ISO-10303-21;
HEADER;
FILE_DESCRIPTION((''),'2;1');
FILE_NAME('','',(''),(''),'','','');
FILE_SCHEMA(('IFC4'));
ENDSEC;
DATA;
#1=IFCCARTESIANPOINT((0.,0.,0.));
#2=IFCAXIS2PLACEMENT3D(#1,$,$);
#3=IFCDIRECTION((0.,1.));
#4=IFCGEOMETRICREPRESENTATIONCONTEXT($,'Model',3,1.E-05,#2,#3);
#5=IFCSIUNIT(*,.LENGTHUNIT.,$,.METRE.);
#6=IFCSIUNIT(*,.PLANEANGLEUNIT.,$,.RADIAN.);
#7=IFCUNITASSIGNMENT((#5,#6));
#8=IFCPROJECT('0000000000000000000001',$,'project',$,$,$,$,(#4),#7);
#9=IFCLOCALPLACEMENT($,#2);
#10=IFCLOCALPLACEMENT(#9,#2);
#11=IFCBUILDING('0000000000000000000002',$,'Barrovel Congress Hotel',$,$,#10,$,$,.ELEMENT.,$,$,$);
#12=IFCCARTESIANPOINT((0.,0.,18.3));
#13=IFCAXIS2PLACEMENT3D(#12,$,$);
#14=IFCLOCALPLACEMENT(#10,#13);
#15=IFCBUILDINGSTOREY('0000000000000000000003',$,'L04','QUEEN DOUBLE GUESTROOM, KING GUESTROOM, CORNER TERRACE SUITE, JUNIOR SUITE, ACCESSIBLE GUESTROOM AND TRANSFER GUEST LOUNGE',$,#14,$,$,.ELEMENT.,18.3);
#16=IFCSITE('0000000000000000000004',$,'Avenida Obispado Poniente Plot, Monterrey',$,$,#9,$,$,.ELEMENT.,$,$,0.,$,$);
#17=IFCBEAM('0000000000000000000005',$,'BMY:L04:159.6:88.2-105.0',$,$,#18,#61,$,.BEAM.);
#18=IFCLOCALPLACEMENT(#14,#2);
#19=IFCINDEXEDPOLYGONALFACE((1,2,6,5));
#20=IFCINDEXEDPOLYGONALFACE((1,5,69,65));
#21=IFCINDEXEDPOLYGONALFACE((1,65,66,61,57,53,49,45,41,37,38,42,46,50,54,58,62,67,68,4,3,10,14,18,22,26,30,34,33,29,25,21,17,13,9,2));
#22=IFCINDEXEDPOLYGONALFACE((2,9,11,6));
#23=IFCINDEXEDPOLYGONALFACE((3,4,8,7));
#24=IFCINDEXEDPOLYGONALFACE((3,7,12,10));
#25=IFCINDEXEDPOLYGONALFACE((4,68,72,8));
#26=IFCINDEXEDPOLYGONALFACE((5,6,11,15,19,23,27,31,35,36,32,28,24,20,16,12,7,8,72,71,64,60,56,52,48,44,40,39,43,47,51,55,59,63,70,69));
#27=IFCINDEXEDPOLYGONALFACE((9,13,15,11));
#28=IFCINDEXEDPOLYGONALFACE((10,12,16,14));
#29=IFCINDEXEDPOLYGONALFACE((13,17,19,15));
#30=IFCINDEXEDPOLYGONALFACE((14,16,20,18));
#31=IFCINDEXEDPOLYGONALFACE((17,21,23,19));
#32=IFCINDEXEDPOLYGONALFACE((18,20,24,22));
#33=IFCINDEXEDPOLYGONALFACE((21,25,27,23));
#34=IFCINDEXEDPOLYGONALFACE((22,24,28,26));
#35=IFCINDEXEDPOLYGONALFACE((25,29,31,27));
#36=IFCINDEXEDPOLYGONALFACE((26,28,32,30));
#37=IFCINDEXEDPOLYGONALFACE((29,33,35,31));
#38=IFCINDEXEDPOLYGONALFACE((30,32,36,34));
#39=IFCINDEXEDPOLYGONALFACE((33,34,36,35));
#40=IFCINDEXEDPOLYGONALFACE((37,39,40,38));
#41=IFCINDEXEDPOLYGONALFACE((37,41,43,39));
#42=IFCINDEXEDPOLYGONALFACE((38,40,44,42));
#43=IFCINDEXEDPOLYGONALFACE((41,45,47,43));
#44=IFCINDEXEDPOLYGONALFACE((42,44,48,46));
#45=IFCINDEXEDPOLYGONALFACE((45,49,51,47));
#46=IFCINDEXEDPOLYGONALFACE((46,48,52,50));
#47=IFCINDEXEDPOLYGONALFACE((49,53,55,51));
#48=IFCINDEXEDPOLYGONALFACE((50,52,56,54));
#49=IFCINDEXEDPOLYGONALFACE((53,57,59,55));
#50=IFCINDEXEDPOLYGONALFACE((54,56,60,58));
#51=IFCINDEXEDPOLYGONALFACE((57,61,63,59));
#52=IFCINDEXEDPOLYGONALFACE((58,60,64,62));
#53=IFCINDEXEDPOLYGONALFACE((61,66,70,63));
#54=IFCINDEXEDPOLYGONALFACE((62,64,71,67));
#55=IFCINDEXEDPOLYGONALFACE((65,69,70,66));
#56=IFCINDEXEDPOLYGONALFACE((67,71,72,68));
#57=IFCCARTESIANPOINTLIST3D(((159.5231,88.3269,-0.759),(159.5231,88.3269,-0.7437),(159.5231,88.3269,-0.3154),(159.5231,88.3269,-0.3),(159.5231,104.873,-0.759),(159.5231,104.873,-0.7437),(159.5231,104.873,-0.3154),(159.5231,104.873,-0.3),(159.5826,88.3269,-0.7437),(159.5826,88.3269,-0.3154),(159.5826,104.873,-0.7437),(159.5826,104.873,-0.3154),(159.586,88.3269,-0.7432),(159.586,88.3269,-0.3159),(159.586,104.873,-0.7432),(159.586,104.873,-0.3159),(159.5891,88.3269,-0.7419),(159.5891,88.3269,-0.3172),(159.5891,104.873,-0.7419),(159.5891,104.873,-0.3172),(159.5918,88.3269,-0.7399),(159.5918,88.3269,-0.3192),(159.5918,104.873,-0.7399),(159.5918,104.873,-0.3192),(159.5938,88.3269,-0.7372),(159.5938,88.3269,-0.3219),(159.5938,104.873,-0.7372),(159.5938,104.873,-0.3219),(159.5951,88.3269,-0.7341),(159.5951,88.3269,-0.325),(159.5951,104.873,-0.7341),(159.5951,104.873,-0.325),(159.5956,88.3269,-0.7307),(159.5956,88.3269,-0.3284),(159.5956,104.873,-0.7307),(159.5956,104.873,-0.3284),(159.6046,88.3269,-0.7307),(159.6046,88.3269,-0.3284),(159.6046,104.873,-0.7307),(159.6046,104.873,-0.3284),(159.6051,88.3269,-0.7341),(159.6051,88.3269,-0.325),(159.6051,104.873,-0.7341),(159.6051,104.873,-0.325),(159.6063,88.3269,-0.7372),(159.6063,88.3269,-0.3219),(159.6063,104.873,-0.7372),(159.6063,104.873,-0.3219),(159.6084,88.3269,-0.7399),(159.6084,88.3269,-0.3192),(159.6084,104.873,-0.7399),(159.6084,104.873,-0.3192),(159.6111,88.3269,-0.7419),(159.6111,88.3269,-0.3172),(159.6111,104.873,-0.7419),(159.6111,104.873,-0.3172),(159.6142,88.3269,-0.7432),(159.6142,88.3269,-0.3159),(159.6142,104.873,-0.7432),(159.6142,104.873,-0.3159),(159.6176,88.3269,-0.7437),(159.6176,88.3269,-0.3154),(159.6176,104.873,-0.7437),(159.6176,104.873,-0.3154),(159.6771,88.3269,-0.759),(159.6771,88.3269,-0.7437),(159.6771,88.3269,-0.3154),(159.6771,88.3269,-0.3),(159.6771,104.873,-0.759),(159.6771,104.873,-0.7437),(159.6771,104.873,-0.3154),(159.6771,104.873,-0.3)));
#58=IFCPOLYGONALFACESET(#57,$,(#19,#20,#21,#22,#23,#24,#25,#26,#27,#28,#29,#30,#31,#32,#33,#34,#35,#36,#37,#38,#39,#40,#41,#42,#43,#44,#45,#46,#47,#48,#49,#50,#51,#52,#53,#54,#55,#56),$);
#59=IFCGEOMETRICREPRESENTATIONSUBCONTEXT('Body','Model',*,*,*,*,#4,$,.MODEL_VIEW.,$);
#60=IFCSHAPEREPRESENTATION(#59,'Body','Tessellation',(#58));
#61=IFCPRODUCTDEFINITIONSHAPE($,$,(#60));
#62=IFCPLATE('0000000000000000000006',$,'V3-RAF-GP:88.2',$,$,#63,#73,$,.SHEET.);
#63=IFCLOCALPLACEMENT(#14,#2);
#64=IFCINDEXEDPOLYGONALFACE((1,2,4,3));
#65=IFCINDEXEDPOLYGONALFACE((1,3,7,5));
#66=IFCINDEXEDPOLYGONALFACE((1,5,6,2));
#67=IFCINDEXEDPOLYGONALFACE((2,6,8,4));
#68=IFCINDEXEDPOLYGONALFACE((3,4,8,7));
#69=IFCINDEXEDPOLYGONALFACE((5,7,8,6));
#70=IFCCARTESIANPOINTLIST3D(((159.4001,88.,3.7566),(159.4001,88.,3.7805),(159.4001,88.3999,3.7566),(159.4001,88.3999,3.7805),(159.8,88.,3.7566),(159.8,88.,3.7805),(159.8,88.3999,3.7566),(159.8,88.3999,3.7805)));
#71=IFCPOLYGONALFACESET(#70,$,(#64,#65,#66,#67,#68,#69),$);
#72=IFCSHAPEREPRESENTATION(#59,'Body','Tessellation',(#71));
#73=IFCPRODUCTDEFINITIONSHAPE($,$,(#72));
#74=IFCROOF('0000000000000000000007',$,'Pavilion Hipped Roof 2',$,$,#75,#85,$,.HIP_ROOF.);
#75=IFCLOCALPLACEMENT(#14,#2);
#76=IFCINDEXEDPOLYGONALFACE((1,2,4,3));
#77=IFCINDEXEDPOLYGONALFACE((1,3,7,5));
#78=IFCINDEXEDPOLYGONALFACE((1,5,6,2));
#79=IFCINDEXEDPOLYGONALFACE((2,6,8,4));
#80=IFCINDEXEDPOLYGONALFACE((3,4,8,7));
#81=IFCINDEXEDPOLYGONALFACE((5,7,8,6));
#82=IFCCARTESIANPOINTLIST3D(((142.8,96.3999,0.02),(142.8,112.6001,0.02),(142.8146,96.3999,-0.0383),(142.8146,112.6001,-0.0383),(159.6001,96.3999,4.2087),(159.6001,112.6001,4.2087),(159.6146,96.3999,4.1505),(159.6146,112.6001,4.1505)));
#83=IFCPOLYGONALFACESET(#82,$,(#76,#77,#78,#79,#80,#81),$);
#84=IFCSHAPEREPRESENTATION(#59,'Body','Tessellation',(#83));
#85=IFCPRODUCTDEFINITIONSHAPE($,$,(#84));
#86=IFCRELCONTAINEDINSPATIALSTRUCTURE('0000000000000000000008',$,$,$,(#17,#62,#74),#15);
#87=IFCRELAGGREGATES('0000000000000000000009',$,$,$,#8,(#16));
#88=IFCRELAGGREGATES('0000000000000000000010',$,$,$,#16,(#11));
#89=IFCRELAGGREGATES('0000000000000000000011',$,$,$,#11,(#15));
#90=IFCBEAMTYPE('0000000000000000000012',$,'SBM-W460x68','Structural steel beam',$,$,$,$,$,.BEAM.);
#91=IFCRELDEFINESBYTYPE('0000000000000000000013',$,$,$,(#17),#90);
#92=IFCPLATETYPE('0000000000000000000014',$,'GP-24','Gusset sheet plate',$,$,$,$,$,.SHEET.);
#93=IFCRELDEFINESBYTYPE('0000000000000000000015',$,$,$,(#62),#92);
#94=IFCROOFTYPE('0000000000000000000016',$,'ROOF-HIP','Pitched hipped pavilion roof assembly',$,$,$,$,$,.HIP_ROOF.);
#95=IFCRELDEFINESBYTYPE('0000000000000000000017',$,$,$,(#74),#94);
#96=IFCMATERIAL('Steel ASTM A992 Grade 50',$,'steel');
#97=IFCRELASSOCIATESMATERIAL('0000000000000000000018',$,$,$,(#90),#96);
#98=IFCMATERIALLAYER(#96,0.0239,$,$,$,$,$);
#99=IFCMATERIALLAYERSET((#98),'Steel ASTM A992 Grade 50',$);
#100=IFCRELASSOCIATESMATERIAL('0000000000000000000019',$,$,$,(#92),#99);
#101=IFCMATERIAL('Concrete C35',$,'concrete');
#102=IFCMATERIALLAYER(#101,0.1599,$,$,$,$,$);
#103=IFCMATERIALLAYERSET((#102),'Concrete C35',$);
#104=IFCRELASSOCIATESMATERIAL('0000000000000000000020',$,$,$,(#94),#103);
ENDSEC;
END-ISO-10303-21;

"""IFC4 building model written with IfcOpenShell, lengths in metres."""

from ifc_helpers import new_model, si_unit, direction, frame, origin, origin_2d, place, context, subcontext, project, spatial, polyline, rectangle, i_section, outline, extrude, material, layer, layer_set, material_profile, profile_set, type_object, element, save


model = new_model("IFC4")

# Units and contexts
model_context = context("Model", 3, precision=1e-05, world=origin(), true_north=direction((0.0, 1.0)))
body_context = subcontext(model_context, "Body", "Model", "MODEL_VIEW")
ifc_project = project(units=[si_unit("LENGTHUNIT", "METRE"), si_unit("PLANEANGLEUNIT", "RADIAN")], contexts=[model_context])

# Site, building, storey
site_placement = place(None, origin())
site = spatial("IfcSite", under=ifc_project, at=site_placement, Name="Avenida Obispado Poniente Plot, Monterrey", CompositionType="ELEMENT", RefElevation=0.0)
building_placement = place(site_placement, origin())
building = spatial("IfcBuilding", under=site, at=building_placement, Name="Barrovel Congress Hotel", CompositionType="ELEMENT")
storey_placement = place(building_placement, frame((0.0, 0.0, 18.3)))
storey = spatial("IfcBuildingStorey", under=building, at=storey_placement, Name="L04", Description="QUEEN DOUBLE GUESTROOM, KING GUESTROOM, CORNER TERRACE SUITE, JUNIOR SUITE, ACCESSIBLE GUESTROOM AND TRANSFER GUEST LOUNGE", CompositionType="ELEMENT", Elevation=18.3)

# Shared definitions
ifc_material_1 = material(Name="Steel ASTM A992 Grade 50", Category="steel")

# Beam
ifc_material_profile_1 = material_profile(ifc_material_1, i_section(OverallWidth=0.1541, OverallDepth=0.459, WebThickness=0.009, FlangeThickness=0.0154, FilletRadius=0.0129, at=origin_2d()), Name="W460x68")
ifc_profile_set_1 = profile_set([ifc_material_profile_1], Name="Steel ASTM A992 Grade 50")
beam_type_1 = type_object("IfcBeamType", Name="SBM-W460x68", Description="Structural steel beam", PredefinedType="BEAM", material=ifc_profile_set_1)
beam_1_placement = place(storey_placement, frame((159.6001, 88.3269, -0.5295), z_axis=(0.0, 1.0, 0.0), x_axis=(-1.0, 0.0, 0.0)))
element("IfcBeam", 1, at=beam_1_placement, inside=storey, type_object=beam_type_1, Name="BMY:L04:159.6:88.2-105.0", PredefinedType="BEAM", context=body_context, shape_type="SweptSolid", body=[
    extrude(i_section(OverallWidth=0.1541, OverallDepth=0.459, WebThickness=0.009, FlangeThickness=0.0154, FilletRadius=0.0129, at=origin_2d()), origin(), (0.0, 0.0, 1.0), 16.5461),
])

# Plate
ifc_layer_1 = layer(ifc_material_1, 0.0239)
ifc_layer_set_1 = layer_set([ifc_layer_1], Name="Steel ASTM A992 Grade 50")
plate_type = type_object("IfcPlateType", Name="GP-24", Description="Gusset sheet plate", PredefinedType="SHEET", material=ifc_layer_set_1)
plate_placement = place(storey_placement, frame((159.6001, 88.2, 3.7566), z_axis=(0.0, 0.0, 1.0), x_axis=(1.0, 0.0, 0.0)))
element("IfcPlate", 2, at=plate_placement, inside=storey, type_object=plate_type, Name="V3-RAF-GP:88.2", PredefinedType="SHEET", context=body_context, shape_type="SweptSolid", body=[
    extrude(rectangle(XDim=0.3999, YDim=0.3999, at=origin_2d()), origin(), (0.0, 0.0, 1.0), 0.0239),
])

# Roof
ifc_material_2 = material(Name="Concrete C35", Category="concrete")
ifc_layer_2 = layer(ifc_material_2, 0.1599)
ifc_layer_set_2 = layer_set([ifc_layer_2], Name="Concrete C35")
roof_type = type_object("IfcRoofType", Name="ROOF-HIP", Description="Pitched hipped pavilion roof assembly", PredefinedType="HIP_ROOF", material=ifc_layer_set_2)
roof_placement = place(storey_placement, frame((142.8, 96.3999, 0.02), z_axis=(-0.241922, 0.0, 0.970296), x_axis=(0.970296, 0.0, 0.241922)))
element("IfcRoof", 3, at=roof_placement, inside=storey, type_object=roof_type, Name="Pavilion Hipped Roof 2", PredefinedType="HIP_ROOF", context=body_context, shape_type="SweptSolid", body=[
    extrude(outline(polyline([(0.0, 0.0), (17.3144, 0.0), (17.3144, 16.2002), (0.0, 16.2002), (0.0, 0.0)])), origin(), (0.0, 0.0, -1.0), 0.0601),
])

save(model, "model.ifc")
